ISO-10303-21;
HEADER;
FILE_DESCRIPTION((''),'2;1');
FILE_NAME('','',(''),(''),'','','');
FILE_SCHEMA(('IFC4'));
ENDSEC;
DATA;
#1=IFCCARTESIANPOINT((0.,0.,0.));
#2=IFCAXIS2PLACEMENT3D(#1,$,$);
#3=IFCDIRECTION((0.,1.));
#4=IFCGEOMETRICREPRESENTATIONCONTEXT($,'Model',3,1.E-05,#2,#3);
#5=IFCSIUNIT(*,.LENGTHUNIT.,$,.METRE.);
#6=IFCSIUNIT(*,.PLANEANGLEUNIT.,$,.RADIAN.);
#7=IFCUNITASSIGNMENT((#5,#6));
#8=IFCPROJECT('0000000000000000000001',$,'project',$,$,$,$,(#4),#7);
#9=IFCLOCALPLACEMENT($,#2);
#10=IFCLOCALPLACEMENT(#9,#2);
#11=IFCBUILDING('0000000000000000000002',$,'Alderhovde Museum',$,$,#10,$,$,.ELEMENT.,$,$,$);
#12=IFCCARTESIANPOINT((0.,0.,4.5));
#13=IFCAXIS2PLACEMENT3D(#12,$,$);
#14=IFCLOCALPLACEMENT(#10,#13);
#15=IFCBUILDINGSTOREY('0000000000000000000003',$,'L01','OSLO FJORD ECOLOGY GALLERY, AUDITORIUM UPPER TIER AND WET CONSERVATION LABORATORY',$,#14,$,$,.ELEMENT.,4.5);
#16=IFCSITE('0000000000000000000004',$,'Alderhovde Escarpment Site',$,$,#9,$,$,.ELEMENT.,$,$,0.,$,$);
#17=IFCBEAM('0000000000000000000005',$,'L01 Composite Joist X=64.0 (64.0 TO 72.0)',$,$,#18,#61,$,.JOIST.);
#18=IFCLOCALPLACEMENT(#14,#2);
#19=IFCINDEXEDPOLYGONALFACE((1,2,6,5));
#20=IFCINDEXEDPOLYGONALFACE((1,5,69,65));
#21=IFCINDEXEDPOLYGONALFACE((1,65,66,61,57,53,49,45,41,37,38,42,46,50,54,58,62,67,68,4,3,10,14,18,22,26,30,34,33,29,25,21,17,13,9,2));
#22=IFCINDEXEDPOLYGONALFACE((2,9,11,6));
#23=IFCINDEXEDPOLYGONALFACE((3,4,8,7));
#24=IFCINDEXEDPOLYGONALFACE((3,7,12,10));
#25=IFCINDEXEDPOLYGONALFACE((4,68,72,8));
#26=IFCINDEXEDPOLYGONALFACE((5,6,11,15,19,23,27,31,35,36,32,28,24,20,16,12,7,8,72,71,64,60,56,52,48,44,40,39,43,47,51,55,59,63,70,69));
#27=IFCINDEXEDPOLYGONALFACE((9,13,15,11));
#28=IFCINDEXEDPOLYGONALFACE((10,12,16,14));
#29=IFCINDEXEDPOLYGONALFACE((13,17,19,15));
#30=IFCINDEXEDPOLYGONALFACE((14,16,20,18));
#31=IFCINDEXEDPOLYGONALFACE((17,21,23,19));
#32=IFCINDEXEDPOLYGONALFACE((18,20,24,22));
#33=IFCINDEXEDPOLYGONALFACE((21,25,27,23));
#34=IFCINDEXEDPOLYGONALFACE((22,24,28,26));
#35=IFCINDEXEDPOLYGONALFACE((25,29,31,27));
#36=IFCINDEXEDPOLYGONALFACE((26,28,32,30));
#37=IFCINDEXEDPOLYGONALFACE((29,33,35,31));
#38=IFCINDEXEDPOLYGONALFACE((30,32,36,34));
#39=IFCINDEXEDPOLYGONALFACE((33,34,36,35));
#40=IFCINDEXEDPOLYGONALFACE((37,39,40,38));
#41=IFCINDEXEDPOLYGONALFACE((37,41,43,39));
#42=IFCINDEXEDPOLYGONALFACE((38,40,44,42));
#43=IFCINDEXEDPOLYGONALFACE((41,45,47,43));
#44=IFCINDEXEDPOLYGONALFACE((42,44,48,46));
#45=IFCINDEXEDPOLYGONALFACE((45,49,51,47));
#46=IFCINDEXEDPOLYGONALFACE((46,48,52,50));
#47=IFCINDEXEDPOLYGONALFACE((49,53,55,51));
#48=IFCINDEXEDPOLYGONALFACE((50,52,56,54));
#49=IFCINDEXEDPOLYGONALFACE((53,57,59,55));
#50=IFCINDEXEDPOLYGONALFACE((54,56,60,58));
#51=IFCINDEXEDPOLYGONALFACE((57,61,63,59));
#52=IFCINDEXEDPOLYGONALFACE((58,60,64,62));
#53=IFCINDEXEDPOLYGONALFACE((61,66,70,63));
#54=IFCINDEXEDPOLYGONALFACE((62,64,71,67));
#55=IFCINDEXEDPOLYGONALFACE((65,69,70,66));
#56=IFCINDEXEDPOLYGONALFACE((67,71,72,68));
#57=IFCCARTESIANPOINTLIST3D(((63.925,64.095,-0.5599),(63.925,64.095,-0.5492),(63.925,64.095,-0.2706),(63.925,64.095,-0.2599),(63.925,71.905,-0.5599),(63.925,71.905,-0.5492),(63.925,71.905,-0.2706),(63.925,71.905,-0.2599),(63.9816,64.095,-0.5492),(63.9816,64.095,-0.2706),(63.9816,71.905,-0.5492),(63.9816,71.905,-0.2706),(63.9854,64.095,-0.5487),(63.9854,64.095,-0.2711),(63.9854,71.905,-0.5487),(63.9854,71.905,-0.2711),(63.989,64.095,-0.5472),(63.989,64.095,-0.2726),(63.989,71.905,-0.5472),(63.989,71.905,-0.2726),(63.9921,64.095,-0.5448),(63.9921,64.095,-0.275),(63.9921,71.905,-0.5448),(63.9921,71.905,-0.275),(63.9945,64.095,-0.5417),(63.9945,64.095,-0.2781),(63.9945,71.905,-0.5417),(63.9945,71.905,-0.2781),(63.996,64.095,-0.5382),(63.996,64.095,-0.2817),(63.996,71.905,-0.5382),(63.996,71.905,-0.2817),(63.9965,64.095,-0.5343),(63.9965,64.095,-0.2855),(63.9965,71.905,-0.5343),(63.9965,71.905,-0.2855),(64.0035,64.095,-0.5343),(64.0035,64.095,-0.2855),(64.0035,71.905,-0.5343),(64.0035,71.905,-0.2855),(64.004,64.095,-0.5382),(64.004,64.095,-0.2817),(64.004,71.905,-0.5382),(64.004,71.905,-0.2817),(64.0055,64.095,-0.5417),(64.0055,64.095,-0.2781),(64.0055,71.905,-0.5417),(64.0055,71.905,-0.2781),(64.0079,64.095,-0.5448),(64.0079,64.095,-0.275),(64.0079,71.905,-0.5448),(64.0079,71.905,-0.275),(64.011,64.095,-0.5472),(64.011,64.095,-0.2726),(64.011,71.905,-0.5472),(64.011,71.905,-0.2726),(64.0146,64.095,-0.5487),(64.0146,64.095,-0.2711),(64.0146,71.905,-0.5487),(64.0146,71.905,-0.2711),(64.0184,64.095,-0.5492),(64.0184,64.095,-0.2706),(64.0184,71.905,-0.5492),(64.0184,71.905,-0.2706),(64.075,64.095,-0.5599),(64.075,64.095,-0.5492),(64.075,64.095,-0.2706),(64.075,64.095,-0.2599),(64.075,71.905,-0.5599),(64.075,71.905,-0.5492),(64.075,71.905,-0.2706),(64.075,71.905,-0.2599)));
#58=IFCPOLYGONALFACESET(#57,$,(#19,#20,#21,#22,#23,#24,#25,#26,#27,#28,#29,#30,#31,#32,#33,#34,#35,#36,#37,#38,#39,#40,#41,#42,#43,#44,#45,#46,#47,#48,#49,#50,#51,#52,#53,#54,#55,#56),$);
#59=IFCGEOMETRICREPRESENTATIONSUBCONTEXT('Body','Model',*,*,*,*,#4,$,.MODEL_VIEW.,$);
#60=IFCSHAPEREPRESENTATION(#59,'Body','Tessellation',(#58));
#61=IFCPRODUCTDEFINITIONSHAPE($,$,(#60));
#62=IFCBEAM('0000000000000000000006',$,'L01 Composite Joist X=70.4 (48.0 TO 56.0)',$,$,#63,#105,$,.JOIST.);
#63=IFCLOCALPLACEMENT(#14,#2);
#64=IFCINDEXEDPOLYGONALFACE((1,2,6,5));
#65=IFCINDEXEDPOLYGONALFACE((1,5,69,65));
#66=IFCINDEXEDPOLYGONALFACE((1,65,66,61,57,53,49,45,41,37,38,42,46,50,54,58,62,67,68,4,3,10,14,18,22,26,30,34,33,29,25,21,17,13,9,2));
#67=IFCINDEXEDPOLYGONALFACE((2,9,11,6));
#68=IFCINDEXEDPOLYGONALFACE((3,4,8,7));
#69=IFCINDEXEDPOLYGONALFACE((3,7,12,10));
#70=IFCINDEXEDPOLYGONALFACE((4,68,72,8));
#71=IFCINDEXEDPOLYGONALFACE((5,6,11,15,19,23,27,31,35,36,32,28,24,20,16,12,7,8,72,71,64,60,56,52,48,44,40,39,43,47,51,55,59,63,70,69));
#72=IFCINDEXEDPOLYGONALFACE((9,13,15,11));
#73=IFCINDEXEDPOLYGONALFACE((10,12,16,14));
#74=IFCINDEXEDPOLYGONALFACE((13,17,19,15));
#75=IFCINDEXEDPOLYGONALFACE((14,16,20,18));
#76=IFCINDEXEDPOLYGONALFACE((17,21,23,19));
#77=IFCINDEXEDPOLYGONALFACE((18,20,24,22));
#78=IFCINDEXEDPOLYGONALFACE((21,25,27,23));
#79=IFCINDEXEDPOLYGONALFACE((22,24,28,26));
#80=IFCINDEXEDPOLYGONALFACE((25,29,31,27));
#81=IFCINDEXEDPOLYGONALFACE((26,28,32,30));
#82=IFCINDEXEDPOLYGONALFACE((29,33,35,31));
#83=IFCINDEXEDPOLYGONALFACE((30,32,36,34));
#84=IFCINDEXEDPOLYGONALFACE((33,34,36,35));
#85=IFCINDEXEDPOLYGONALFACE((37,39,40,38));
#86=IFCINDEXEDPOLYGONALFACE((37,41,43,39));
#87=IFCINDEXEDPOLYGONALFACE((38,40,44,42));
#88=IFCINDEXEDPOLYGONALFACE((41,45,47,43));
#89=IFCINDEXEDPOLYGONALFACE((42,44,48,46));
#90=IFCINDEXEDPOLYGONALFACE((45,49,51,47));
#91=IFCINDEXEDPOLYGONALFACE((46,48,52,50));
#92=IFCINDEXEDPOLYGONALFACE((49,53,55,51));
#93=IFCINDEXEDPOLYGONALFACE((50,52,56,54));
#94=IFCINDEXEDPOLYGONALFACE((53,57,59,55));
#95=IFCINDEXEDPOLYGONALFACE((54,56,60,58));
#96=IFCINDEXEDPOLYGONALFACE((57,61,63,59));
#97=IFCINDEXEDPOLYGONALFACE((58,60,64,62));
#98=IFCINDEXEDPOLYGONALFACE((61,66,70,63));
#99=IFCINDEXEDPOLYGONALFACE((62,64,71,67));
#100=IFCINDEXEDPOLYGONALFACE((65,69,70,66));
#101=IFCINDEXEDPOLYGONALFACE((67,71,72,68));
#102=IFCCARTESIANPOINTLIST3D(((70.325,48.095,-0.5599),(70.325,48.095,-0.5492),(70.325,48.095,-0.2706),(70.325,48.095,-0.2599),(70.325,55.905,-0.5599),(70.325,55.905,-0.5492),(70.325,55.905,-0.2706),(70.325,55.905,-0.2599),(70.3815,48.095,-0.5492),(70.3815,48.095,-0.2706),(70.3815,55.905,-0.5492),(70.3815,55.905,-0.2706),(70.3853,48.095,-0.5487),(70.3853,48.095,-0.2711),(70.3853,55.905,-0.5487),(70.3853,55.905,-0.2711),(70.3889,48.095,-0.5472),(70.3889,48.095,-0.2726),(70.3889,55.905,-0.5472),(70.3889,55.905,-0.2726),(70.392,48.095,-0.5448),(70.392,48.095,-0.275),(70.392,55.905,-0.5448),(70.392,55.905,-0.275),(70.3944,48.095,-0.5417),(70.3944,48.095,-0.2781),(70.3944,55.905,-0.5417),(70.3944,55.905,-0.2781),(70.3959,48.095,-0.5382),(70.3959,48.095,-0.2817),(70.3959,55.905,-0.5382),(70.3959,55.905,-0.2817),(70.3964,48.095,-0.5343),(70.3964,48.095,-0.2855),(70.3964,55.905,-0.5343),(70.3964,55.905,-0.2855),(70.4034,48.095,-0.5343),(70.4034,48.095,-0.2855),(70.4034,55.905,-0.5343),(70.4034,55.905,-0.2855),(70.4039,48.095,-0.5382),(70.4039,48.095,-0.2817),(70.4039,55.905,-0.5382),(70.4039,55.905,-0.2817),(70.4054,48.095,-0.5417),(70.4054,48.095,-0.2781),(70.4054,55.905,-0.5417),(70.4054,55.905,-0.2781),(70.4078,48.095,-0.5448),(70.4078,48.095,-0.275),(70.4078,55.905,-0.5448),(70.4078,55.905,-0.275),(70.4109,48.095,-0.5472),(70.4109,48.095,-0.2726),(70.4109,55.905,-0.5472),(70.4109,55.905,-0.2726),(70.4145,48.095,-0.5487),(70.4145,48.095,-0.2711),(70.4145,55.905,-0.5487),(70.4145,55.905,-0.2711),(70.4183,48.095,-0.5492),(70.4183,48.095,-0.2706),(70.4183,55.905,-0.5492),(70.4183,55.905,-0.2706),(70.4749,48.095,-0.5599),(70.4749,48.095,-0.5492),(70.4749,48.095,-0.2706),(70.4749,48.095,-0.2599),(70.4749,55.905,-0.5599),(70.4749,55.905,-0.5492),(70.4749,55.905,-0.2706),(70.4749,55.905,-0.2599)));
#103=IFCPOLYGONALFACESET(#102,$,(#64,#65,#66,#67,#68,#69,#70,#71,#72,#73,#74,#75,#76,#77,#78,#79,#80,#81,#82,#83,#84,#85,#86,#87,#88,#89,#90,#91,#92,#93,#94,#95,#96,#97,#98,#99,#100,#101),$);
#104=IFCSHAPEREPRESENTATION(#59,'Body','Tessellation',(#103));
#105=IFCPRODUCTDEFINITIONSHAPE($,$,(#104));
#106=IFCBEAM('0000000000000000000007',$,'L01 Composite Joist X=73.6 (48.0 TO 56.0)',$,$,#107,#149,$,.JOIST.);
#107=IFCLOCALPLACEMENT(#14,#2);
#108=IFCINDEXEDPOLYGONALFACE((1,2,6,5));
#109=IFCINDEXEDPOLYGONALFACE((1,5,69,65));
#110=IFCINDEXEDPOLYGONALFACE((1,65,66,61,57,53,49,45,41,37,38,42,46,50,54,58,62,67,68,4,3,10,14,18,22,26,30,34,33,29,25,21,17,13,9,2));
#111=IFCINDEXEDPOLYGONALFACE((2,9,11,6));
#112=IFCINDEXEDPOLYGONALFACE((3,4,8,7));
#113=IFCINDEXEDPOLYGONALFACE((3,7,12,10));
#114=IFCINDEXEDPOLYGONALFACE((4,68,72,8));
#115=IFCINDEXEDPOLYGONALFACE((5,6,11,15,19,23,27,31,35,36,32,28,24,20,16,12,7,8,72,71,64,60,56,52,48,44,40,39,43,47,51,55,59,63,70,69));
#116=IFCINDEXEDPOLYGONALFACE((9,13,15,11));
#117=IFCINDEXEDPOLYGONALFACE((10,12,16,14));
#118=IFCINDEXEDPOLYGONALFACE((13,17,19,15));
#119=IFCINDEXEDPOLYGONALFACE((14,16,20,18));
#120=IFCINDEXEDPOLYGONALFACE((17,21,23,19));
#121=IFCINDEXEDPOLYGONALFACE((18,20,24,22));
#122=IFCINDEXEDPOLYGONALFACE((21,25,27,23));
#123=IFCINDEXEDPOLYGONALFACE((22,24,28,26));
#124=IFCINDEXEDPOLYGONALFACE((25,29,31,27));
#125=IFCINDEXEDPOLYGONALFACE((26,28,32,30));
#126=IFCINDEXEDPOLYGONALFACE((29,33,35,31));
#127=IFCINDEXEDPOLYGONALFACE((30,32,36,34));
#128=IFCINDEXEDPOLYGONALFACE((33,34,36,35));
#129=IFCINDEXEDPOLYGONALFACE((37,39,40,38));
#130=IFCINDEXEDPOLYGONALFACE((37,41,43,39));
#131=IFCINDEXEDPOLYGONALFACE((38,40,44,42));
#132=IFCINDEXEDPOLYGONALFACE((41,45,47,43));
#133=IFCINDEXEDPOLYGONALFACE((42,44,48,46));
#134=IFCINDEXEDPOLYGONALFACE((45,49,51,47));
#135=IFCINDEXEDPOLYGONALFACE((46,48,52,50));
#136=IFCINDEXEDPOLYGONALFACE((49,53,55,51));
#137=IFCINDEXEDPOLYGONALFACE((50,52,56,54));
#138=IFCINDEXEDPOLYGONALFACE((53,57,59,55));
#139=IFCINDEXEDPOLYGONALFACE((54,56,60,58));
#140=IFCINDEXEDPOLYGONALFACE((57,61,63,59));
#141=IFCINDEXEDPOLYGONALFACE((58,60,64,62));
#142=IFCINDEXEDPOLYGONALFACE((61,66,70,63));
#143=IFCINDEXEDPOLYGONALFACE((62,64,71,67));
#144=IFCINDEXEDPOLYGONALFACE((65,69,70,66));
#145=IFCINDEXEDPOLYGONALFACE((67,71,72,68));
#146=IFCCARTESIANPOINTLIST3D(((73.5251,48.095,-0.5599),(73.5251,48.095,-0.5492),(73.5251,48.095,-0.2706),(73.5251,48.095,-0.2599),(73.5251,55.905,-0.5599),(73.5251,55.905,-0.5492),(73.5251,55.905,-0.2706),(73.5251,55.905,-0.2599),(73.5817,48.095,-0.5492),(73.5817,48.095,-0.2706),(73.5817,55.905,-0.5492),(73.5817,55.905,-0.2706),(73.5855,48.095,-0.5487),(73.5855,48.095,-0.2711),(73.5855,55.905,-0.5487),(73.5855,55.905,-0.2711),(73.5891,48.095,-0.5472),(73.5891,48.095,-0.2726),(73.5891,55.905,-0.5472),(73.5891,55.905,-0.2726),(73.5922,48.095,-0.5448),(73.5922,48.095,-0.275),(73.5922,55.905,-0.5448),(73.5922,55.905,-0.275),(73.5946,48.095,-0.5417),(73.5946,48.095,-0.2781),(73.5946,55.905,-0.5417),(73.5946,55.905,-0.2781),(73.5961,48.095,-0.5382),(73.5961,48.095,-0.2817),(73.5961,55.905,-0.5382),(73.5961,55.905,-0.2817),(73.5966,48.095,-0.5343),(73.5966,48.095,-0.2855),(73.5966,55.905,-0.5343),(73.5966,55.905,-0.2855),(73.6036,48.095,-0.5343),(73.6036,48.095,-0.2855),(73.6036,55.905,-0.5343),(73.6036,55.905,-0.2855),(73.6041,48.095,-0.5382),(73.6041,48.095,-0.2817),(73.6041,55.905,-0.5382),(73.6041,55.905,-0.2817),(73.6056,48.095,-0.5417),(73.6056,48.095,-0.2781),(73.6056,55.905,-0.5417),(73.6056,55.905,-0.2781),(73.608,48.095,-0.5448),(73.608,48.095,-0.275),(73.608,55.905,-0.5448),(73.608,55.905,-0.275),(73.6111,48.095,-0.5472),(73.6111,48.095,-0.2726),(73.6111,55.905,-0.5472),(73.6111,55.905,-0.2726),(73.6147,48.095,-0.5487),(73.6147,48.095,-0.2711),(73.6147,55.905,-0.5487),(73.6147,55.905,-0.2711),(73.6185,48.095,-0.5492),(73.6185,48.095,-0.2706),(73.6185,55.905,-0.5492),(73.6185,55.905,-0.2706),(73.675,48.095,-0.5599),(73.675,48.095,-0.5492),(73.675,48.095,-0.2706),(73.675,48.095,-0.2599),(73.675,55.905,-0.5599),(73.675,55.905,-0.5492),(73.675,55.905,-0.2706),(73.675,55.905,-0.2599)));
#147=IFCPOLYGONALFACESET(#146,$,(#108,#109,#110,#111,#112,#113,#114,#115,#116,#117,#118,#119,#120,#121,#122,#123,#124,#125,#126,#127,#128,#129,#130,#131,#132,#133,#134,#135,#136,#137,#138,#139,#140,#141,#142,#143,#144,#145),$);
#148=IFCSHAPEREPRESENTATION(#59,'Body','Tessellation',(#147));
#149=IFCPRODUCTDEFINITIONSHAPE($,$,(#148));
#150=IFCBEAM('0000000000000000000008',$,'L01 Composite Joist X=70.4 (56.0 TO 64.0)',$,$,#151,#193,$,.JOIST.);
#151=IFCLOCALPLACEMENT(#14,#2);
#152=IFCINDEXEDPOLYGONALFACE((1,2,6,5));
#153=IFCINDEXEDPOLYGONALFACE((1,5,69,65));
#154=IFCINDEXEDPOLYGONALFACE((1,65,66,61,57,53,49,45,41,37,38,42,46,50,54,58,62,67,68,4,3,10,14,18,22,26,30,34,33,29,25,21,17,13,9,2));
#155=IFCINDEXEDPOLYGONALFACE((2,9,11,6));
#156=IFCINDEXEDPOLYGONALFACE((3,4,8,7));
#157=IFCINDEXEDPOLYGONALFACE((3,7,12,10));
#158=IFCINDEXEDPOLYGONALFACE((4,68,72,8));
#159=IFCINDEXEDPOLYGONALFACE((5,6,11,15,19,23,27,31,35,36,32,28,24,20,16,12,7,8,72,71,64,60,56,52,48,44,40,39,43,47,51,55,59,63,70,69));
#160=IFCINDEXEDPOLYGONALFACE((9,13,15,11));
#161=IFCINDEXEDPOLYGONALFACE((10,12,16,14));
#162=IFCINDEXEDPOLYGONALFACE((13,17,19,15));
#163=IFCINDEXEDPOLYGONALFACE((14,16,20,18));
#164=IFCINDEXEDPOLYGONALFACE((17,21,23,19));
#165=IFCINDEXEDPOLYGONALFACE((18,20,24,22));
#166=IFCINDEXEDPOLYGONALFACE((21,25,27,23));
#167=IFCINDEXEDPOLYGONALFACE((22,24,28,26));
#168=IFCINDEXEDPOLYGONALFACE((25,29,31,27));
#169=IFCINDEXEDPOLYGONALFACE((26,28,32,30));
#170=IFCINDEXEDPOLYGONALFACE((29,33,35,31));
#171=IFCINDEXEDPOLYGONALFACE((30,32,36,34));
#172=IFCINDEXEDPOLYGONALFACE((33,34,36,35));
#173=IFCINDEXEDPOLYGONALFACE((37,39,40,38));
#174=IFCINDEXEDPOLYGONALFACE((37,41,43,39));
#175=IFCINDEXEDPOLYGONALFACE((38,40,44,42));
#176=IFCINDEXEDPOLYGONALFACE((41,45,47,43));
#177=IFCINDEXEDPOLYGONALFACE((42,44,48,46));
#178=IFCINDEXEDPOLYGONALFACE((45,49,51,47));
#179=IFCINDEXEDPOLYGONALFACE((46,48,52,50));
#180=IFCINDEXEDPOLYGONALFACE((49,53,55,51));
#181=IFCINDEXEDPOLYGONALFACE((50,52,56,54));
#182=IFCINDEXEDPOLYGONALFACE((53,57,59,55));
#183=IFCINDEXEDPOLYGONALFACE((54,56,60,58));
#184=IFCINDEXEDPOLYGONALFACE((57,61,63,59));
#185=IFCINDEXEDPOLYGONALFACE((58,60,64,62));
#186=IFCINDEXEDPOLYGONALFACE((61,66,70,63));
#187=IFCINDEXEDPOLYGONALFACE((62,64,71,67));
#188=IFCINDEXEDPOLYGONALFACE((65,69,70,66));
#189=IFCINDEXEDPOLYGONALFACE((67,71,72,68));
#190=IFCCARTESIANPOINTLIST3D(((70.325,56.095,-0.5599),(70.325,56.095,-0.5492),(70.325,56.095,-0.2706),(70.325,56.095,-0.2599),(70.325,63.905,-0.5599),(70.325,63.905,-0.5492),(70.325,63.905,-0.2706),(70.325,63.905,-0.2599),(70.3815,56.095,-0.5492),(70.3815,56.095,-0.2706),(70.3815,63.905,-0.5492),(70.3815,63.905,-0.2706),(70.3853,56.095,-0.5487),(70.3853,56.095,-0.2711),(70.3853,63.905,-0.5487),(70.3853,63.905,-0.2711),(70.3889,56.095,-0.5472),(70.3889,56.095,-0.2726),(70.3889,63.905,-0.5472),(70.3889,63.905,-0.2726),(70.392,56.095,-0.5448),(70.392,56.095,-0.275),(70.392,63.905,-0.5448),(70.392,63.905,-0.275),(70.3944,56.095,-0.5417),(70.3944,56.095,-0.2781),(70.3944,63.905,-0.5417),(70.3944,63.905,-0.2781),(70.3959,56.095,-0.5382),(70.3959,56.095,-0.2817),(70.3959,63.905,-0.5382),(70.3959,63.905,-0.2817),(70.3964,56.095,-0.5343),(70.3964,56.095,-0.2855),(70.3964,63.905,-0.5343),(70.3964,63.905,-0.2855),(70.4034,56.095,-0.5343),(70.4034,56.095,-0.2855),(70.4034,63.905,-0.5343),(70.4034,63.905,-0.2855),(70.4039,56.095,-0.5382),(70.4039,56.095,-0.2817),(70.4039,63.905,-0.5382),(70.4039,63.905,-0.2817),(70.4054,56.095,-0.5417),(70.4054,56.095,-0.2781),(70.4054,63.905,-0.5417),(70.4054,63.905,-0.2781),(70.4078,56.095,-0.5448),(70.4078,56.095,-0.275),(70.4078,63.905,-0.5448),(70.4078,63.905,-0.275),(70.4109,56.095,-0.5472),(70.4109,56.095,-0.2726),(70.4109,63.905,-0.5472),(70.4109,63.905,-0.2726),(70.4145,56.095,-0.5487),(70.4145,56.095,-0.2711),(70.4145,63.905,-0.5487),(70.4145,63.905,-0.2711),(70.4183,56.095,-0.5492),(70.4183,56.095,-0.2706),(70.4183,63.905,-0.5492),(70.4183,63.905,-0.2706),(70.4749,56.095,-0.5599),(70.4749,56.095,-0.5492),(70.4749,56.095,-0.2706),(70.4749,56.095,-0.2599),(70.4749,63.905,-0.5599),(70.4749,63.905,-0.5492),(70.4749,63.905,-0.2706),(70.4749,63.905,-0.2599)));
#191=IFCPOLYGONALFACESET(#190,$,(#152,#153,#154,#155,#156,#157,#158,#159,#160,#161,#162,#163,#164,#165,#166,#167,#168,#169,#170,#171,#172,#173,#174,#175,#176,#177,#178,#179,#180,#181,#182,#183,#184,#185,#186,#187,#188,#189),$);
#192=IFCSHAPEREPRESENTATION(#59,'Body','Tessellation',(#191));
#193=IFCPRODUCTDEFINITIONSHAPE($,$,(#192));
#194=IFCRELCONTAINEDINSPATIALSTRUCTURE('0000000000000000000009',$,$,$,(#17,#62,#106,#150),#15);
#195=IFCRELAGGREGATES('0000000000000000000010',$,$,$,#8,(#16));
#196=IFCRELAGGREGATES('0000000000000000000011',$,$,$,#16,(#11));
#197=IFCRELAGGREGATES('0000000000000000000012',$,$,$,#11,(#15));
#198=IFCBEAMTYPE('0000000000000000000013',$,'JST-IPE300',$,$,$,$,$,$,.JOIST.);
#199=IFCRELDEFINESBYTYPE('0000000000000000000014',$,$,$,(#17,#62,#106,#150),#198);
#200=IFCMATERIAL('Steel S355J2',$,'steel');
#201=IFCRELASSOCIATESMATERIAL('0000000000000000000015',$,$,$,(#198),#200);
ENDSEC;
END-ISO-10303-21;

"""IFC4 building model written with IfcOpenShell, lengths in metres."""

from ifc_helpers import new_model, si_unit, direction, frame, origin, origin_2d, place, context, subcontext, project, spatial, i_section, extrude, material, material_profile, profile_set, type_object, element, save


model = new_model("IFC4")

# Units and contexts
model_context = context("Model", 3, precision=1e-05, world=origin(), true_north=direction((0.0, 1.0)))
body_context = subcontext(model_context, "Body", "Model", "MODEL_VIEW")
ifc_project = project(units=[si_unit("LENGTHUNIT", "METRE"), si_unit("PLANEANGLEUNIT", "RADIAN")], contexts=[model_context])

# Site, building, storey
site_placement = place(None, origin())
site = spatial("IfcSite", under=ifc_project, at=site_placement, Name="Alderhovde Escarpment Site", CompositionType="ELEMENT", RefElevation=0.0)
building_placement = place(site_placement, origin())
building = spatial("IfcBuilding", under=site, at=building_placement, Name="Alderhovde Museum", CompositionType="ELEMENT")
storey_placement = place(building_placement, frame((0.0, 0.0, 4.5)))
storey = spatial("IfcBuildingStorey", under=building, at=storey_placement, Name="L01", Description="OSLO FJORD ECOLOGY GALLERY, AUDITORIUM UPPER TIER AND WET CONSERVATION LABORATORY", CompositionType="ELEMENT", Elevation=4.5)

# Beams
ifc_material_1 = material(Name="Steel S355J2", Category="steel")
ifc_material_profile_1 = material_profile(ifc_material_1, i_section(OverallWidth=0.1499, OverallDepth=0.3, WebThickness=0.0071, FlangeThickness=0.0107, FilletRadius=0.0149, at=origin_2d()), Name="IPE 300")
ifc_profile_set_1 = profile_set([ifc_material_profile_1], Name="Steel S355J2")
beam_type_1 = type_object("IfcBeamType", Name="JST-IPE300", PredefinedType="JOIST", material=ifc_profile_set_1)
for number, where, z_axis, x_axis, name in (
    (1, (64.0, 64.095, -0.4099), (0.0, 1.0, 0.0), (-1.0, 0.0, 0.0), "L01 Composite Joist X=64.0 (64.0 TO 72.0)"),
    (2, (70.3999, 48.095, -0.4099), (0.0, 1.0, 0.0), (-1.0, 0.0, 0.0), "L01 Composite Joist X=70.4 (48.0 TO 56.0)"),
    (3, (73.6001, 48.095, -0.4099), (0.0, 1.0, 0.0), (-1.0, 0.0, 0.0), "L01 Composite Joist X=73.6 (48.0 TO 56.0)"),
    (4, (70.3999, 56.095, -0.4099), (0.0, 1.0, 0.0), (-1.0, 0.0, 0.0), "L01 Composite Joist X=70.4 (56.0 TO 64.0)"),
):
    element("IfcBeam", number, at=place(storey_placement, frame(where, z_axis=z_axis, x_axis=x_axis)), inside=storey, type_object=beam_type_1, Name=name, PredefinedType="JOIST", context=body_context, shape_type="SweptSolid", body=[
        extrude(i_section(OverallWidth=0.1499, OverallDepth=0.3, WebThickness=0.0071, FlangeThickness=0.0107, FilletRadius=0.0149, at=origin_2d()), origin(), (0.0, 0.0, 1.0), 7.8101),
    ])

save(model, "model.ifc")
